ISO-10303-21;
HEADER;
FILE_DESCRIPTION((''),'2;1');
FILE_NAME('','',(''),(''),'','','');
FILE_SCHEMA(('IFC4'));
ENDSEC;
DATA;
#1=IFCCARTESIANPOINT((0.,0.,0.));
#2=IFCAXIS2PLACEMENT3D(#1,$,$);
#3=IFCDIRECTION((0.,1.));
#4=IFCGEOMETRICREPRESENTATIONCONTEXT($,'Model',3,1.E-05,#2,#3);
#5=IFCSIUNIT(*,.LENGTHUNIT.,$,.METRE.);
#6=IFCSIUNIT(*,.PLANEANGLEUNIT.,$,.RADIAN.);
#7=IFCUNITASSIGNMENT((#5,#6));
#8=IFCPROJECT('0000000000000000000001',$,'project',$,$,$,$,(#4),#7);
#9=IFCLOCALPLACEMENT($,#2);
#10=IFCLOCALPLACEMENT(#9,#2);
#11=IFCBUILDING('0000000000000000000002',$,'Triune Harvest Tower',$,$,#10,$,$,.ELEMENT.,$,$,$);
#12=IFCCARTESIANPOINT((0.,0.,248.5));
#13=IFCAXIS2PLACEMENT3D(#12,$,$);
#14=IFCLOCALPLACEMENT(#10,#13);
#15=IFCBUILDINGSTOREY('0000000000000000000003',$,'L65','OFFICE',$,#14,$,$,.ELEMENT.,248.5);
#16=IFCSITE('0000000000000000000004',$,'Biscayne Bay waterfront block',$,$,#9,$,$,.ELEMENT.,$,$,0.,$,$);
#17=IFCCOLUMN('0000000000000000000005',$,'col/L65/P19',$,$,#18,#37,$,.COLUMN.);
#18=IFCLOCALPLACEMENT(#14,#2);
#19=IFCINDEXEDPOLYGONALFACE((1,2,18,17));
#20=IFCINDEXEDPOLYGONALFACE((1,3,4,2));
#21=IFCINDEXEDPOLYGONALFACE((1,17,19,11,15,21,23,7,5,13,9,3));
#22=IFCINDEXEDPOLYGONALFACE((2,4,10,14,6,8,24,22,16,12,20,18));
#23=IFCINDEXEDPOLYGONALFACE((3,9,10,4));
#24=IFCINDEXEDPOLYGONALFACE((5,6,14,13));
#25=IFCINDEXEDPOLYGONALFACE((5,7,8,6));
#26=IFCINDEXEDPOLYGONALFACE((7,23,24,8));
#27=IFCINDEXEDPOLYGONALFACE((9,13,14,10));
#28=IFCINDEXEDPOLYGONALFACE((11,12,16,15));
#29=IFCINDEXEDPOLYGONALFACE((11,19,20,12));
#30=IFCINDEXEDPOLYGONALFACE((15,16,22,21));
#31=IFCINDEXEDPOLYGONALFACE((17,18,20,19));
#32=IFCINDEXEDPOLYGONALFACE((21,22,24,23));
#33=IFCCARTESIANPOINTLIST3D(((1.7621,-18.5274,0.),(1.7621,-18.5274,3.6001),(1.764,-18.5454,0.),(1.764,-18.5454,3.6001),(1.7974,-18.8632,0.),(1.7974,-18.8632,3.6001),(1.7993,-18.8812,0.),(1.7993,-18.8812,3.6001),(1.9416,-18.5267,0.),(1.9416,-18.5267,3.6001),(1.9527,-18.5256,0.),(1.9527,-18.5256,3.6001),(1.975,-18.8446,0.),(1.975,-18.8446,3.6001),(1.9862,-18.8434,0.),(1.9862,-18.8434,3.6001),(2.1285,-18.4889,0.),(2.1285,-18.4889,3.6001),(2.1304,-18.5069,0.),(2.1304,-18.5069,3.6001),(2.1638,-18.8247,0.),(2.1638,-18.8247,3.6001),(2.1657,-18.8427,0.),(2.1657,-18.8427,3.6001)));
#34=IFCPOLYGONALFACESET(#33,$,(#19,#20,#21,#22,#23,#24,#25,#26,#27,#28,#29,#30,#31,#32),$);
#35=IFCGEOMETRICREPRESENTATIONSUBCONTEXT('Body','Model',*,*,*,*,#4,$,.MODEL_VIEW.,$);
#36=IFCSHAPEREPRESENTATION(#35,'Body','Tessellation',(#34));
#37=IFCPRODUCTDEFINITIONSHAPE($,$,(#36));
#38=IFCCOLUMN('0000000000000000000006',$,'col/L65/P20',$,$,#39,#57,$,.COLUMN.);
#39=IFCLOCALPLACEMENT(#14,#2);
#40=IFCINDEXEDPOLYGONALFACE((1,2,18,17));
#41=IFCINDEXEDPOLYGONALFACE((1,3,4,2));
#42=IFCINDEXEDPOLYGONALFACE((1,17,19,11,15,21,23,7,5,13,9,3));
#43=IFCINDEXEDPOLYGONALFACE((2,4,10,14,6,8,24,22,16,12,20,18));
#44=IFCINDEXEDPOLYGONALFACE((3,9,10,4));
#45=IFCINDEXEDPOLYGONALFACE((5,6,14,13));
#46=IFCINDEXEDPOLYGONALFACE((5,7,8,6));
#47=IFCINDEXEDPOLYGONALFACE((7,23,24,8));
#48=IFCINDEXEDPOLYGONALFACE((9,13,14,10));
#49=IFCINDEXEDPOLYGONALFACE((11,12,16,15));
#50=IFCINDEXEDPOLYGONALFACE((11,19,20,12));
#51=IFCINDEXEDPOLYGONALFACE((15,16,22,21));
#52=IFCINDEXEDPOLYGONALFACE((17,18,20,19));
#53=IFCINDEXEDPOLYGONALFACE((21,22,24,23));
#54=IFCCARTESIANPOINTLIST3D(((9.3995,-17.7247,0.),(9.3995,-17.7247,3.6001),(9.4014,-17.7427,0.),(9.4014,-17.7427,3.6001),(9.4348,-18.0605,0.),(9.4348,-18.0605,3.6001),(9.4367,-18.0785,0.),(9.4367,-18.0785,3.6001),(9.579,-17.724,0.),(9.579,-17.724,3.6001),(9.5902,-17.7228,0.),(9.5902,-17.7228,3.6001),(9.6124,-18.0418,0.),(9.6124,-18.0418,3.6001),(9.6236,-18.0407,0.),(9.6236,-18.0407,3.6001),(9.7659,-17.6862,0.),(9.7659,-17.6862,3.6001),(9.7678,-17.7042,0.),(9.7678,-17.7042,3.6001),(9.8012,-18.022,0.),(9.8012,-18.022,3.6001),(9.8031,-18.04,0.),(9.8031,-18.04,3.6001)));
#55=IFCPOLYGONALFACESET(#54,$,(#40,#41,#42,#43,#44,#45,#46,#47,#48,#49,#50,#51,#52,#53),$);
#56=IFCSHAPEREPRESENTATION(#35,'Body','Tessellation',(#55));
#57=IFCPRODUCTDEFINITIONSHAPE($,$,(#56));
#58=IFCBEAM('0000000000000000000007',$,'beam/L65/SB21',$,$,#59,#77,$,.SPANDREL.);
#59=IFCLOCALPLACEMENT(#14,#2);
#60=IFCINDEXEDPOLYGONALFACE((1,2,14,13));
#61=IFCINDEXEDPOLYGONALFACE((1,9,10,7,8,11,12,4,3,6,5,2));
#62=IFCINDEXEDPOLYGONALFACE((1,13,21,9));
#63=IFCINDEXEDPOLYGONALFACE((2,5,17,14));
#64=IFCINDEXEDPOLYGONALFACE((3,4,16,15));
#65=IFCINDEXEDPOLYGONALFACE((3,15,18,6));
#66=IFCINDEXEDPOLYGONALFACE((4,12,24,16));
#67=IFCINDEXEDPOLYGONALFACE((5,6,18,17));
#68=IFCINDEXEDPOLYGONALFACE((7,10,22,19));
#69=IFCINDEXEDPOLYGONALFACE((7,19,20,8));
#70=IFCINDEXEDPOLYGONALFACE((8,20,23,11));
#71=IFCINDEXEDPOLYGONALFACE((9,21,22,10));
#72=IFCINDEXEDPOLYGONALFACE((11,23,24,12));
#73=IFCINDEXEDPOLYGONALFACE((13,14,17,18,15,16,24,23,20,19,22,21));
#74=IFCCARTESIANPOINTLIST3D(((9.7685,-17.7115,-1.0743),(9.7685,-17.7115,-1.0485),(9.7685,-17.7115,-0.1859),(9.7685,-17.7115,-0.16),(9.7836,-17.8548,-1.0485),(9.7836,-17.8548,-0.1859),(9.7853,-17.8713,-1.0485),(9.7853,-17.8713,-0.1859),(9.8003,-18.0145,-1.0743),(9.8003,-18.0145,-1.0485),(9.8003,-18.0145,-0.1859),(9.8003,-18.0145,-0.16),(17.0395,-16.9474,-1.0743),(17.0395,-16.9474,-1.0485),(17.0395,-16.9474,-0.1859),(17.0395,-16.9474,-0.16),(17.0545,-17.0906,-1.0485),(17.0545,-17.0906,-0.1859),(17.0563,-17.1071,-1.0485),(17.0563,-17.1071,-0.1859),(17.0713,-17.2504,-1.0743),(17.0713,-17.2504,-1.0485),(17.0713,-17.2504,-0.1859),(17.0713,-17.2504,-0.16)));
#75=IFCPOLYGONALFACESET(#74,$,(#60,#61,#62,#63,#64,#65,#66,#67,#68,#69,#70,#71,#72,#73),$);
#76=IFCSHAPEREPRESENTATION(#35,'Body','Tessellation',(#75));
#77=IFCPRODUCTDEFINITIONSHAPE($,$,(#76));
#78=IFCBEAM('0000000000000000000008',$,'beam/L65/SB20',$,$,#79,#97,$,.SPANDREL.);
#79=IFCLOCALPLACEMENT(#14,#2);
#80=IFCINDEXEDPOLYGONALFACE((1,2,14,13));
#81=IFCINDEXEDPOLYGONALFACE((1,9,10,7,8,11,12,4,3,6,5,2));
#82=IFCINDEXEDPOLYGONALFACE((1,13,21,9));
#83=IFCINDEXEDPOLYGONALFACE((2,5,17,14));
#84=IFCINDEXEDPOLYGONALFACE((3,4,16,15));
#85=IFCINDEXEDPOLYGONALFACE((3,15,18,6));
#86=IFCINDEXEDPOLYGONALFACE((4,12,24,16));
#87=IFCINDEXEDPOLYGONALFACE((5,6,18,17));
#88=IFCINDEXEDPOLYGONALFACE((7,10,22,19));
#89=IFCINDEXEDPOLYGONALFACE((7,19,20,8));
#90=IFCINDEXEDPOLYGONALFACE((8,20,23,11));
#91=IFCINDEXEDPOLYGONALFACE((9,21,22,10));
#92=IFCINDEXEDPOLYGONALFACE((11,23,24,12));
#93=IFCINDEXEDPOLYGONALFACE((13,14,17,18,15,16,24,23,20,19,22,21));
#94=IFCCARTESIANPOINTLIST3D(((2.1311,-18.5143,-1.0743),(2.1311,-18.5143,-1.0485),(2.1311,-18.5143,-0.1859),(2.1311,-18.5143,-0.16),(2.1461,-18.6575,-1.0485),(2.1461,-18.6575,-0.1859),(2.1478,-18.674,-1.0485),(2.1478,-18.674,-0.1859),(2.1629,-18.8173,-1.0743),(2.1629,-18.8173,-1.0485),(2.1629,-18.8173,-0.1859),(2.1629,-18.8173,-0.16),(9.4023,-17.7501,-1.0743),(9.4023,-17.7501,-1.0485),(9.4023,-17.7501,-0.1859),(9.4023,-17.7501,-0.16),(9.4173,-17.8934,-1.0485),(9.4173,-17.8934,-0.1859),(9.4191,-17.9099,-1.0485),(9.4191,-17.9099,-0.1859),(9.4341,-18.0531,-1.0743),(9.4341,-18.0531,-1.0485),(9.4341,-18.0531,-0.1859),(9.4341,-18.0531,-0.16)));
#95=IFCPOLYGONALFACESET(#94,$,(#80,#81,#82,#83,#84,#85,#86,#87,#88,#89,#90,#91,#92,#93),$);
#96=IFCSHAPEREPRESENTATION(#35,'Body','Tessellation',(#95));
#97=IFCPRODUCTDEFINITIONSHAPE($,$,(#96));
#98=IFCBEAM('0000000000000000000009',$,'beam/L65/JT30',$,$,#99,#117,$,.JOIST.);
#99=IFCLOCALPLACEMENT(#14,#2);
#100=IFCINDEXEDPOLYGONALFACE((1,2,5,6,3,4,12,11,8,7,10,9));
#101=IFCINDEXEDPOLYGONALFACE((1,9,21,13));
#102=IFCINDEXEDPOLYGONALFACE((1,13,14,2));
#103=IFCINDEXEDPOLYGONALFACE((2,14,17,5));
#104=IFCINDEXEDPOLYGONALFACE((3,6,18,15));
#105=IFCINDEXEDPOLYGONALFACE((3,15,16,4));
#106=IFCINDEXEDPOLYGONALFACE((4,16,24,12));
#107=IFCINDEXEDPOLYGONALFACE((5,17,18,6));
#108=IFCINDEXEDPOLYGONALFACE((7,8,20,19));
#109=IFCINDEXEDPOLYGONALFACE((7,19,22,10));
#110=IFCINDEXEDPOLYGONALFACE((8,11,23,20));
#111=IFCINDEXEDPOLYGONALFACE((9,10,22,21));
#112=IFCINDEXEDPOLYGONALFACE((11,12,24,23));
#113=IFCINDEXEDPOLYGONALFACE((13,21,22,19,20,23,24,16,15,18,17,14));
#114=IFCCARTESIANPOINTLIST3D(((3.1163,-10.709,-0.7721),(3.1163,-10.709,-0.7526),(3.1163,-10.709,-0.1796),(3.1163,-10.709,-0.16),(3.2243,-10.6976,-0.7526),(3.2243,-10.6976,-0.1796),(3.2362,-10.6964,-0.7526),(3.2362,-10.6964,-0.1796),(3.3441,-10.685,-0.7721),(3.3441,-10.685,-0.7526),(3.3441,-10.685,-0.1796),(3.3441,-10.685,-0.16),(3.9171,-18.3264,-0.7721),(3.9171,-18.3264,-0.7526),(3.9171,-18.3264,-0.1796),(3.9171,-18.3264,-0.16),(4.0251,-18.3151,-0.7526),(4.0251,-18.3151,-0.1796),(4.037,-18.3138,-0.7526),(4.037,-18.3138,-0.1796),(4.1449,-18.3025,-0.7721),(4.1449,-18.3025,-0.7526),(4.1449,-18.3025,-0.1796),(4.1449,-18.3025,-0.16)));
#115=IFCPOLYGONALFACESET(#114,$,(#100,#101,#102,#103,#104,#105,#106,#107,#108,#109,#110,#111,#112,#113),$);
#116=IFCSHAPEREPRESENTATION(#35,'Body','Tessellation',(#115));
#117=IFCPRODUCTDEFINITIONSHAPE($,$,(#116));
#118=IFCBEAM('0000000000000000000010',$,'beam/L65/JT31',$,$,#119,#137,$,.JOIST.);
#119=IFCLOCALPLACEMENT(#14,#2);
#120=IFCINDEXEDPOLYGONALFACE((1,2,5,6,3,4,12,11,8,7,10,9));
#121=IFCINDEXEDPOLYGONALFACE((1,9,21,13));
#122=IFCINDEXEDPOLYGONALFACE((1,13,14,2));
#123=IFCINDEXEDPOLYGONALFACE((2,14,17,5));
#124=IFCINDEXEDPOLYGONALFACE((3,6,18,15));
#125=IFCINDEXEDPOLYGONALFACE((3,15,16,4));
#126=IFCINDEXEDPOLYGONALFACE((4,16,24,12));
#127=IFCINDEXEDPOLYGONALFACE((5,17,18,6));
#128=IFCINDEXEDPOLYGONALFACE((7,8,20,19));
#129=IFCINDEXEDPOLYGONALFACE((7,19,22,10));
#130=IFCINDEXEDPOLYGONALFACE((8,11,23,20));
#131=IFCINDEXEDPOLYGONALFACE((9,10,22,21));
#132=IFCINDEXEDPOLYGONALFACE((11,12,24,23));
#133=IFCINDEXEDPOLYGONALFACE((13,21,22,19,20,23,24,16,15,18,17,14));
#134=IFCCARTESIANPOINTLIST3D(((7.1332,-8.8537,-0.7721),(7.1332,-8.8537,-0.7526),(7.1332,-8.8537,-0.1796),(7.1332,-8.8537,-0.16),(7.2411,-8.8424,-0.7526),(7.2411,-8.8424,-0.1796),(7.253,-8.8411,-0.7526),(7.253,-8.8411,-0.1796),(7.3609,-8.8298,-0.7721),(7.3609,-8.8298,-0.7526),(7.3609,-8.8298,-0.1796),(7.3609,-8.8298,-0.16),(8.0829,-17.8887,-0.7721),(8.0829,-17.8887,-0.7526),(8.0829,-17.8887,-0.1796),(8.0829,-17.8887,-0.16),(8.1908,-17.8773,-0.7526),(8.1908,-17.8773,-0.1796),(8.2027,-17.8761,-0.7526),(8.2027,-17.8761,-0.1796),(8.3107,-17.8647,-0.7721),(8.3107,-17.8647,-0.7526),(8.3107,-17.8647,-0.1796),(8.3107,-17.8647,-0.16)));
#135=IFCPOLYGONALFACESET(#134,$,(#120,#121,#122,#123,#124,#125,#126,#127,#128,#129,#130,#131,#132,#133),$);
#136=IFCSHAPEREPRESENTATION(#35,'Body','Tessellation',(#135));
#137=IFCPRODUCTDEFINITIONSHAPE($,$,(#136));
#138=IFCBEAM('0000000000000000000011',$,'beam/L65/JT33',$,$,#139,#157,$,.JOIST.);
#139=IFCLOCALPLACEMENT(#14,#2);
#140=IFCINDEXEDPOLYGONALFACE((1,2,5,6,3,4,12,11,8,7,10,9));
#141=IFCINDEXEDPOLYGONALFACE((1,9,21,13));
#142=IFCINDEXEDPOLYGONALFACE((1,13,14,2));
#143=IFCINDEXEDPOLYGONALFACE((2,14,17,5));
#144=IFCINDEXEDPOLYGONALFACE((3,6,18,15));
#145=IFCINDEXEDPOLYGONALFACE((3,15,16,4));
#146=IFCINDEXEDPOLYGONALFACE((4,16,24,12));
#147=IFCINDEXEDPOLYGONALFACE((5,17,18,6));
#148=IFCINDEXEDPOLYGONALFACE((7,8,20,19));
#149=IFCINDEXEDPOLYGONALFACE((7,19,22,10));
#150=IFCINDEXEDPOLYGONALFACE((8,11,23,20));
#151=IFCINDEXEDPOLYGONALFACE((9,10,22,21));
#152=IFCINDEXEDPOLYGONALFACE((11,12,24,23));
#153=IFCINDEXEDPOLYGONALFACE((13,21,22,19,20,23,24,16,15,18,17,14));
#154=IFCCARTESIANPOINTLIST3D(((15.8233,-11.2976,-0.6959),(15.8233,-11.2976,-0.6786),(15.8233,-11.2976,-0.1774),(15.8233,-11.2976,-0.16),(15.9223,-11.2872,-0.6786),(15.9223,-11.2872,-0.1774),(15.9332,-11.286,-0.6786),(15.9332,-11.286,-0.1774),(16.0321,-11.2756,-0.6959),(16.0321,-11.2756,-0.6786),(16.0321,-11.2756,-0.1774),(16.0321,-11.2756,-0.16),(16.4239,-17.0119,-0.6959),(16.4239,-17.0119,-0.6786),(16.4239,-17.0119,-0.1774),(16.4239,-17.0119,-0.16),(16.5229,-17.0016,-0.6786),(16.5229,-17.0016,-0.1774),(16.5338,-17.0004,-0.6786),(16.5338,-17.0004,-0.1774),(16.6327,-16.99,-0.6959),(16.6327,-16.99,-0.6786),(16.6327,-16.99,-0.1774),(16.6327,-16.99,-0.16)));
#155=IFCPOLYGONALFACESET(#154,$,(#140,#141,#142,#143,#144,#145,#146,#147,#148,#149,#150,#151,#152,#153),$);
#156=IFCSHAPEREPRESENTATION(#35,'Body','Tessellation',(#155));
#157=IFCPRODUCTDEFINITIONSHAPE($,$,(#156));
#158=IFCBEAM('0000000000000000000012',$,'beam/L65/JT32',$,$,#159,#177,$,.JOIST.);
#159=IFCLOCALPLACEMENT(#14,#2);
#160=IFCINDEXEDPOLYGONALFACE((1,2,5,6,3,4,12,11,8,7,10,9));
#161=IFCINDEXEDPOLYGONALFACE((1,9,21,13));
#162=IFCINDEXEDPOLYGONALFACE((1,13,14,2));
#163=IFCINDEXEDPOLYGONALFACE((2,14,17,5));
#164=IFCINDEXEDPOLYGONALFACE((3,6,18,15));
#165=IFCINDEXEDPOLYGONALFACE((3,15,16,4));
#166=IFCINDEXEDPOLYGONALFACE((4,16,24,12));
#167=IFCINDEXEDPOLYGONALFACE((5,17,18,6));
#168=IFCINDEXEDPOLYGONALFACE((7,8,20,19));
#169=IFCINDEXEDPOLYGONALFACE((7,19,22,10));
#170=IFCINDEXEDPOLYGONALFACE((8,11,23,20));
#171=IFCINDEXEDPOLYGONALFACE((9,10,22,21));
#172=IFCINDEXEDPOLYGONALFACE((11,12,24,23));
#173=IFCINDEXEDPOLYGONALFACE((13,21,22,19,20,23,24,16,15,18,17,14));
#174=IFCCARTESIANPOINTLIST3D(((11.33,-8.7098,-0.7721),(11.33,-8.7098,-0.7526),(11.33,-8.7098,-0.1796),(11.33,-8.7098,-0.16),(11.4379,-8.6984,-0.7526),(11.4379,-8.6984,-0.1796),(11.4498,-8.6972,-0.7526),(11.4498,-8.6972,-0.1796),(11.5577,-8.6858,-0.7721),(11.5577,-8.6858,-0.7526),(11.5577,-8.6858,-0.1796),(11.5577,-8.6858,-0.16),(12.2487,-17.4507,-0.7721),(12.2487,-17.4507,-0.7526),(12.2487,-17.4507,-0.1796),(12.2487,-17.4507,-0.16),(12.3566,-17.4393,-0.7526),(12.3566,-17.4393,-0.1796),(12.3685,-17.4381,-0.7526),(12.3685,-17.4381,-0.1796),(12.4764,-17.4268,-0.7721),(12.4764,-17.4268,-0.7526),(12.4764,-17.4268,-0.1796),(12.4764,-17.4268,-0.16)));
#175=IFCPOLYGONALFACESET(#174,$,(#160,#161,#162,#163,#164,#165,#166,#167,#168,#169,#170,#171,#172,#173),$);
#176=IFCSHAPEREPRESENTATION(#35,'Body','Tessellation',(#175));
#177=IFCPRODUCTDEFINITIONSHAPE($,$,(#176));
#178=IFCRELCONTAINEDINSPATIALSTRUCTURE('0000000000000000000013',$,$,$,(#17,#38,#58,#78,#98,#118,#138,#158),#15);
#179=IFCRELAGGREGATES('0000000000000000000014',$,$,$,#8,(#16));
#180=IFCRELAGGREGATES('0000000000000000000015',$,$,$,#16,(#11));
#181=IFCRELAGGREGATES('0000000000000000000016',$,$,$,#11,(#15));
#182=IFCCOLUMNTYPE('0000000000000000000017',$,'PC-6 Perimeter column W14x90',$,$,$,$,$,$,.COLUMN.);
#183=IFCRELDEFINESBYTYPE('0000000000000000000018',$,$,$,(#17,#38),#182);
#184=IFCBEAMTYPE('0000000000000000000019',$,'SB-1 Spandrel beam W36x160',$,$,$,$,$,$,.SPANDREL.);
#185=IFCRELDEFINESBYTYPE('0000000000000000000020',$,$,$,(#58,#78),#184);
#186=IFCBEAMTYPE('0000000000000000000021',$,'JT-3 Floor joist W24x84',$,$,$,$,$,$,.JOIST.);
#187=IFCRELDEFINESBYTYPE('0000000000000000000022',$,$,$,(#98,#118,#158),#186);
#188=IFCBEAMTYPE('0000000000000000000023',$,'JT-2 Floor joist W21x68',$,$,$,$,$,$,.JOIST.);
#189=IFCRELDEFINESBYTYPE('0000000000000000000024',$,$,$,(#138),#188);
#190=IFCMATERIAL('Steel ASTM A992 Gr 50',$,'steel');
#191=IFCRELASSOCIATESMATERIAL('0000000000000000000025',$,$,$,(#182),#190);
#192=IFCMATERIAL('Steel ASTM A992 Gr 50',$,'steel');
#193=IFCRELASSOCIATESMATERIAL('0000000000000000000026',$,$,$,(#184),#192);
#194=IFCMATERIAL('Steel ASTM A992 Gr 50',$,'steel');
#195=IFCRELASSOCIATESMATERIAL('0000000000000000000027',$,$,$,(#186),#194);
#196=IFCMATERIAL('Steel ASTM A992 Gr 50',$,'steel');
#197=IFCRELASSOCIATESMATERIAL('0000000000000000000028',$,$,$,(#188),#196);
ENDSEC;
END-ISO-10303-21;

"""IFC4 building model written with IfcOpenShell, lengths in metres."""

from ifc_helpers import new_model, si_unit, direction, frame, origin, origin_2d, place, context, subcontext, project, spatial, i_section, extrude, source, transform, mapped, material, material_profile, profile_set, type_object, element, save


model = new_model("IFC4")

# Units and contexts
model_context = context("Model", 3, precision=1e-05, world=origin(), true_north=direction((0.0, 1.0)))
body_context = subcontext(model_context, "Body", "Model", "MODEL_VIEW")
ifc_project = project(units=[si_unit("LENGTHUNIT", "METRE"), si_unit("PLANEANGLEUNIT", "RADIAN")], contexts=[model_context])

# Site, building, storey
site_placement = place(None, origin())
site = spatial("IfcSite", under=ifc_project, at=site_placement, Name="Biscayne Bay waterfront block", CompositionType="ELEMENT", RefElevation=0.0)
building_placement = place(site_placement, origin())
building = spatial("IfcBuilding", under=site, at=building_placement, Name="Triune Harvest Tower", CompositionType="ELEMENT")
storey_placement = place(building_placement, frame((0.0, 0.0, 248.5)))
storey = spatial("IfcBuildingStorey", under=building, at=storey_placement, Name="L65", Description="OFFICE", CompositionType="ELEMENT", Elevation=248.5)

# Columns
ifc_material_1 = material(Name="Steel ASTM A992 Gr 50", Category="steel")
ifc_material_profile_1 = material_profile(ifc_material_1, i_section(OverallWidth=0.3684, OverallDepth=0.3557, WebThickness=0.0112, FlangeThickness=0.0181, at=origin_2d()), Name="W14x90")
ifc_profile_set_1 = profile_set([ifc_material_profile_1], Name="Steel ASTM A992 Gr 50")
column_type = type_object("IfcColumnType", Name="PC-6 Perimeter column W14x90", PredefinedType="COLUMN", material=ifc_profile_set_1)
shared_shape_1 = source(origin(), body_context, "Body", "SweptSolid", [
    extrude(i_section(OverallWidth=0.3684, OverallDepth=0.3557, WebThickness=0.0112, FlangeThickness=0.0181, at=origin_2d()), origin(), (0.0, 0.0, 1.0), 3.6001),
])
for number, where, z_axis, x_axis, name in (
    (1, (1.9639, -18.6851, 0.0), (0.0, 0.0, 1.0), (0.994522, 0.10453, 0.0), "col/L65/P19"),
    (2, (9.6013, -17.8823, 0.0), (0.0, 0.0, 1.0), (0.994522, 0.10453, 0.0), "col/L65/P20"),
):
    element("IfcColumn", number, at=place(storey_placement, frame(where, z_axis=z_axis, x_axis=x_axis)), inside=storey, type_object=column_type, Name=name, PredefinedType="COLUMN", context=body_context, shape_type="MappedRepresentation", body=[
        mapped(shared_shape_1, transform((0.0, 0.0, 0.0), scale=1.0)),
    ])

# Beams
ifc_material_2 = material(Name="Steel ASTM A992 Gr 50", Category="steel")
ifc_material_profile_2 = material_profile(ifc_material_2, i_section(OverallWidth=0.3047, OverallDepth=0.9143, WebThickness=0.0166, FlangeThickness=0.0259, at=origin_2d()), Name="W36x160")
ifc_profile_set_2 = profile_set([ifc_material_profile_2], Name="Steel ASTM A992 Gr 50")
beam_type_1 = type_object("IfcBeamType", Name="SB-1 Spandrel beam W36x160", PredefinedType="SPANDREL", material=ifc_profile_set_2)
shared_shape_2 = source(origin(), body_context, "Body", "SweptSolid", [
    extrude(i_section(OverallWidth=0.3047, OverallDepth=0.9143, WebThickness=0.0166, FlangeThickness=0.0259, at=origin_2d()), origin(), (0.0, 0.0, 1.0), 7.311),
])
beam_1_placement = place(storey_placement, frame((9.7844, -17.863, -0.6172), z_axis=(0.994523, 0.104521, 0.0), x_axis=(-0.104521, 0.994523, 0.0)))
element("IfcBeam", 3, at=beam_1_placement, inside=storey, type_object=beam_type_1, Name="beam/L65/SB21", PredefinedType="SPANDREL", context=body_context, shape_type="MappedRepresentation", body=[
    mapped(shared_shape_2, transform((0.0, 0.0, 0.0), scale=1.0)),
])
shared_shape_3 = source(origin(), body_context, "Body", "SweptSolid", [
    extrude(i_section(OverallWidth=0.3047, OverallDepth=0.9143, WebThickness=0.0166, FlangeThickness=0.0259, at=origin_2d()), origin(), (0.0, 0.0, 1.0), 7.3113),
])
beam_2_placement = place(storey_placement, frame((2.147, -18.6658, -0.6172), z_axis=(0.994523, 0.104518, 0.0), x_axis=(-0.104518, 0.994523, 0.0)))
element("IfcBeam", 4, at=beam_2_placement, inside=storey, type_object=beam_type_1, Name="beam/L65/SB20", PredefinedType="SPANDREL", context=body_context, shape_type="MappedRepresentation", body=[
    mapped(shared_shape_3, transform((0.0, 0.0, 0.0), scale=1.0)),
])
ifc_material_3 = material(Name="Steel ASTM A992 Gr 50", Category="steel")
ifc_material_profile_3 = material_profile(ifc_material_3, i_section(OverallWidth=0.229, OverallDepth=0.6121, WebThickness=0.012, FlangeThickness=0.0195, at=origin_2d()), Name="W24x84")
ifc_profile_set_3 = profile_set([ifc_material_profile_3], Name="Steel ASTM A992 Gr 50")
beam_type_2 = type_object("IfcBeamType", Name="JT-3 Floor joist W24x84", PredefinedType="JOIST", material=ifc_profile_set_3)
shared_shape_4 = source(origin(), body_context, "Body", "SweptSolid", [
    extrude(i_section(OverallWidth=0.229, OverallDepth=0.6121, WebThickness=0.012, FlangeThickness=0.0195, at=origin_2d()), origin(), (0.0, 0.0, 1.0), 7.6594),
])
beam_3_placement = place(storey_placement, frame((4.031, -18.3145, -0.4661), z_axis=(-0.104549, 0.99452, 0.0), x_axis=(-0.99452, -0.104549, 0.0)))
element("IfcBeam", 5, at=beam_3_placement, inside=storey, type_object=beam_type_2, Name="beam/L65/JT30", PredefinedType="JOIST", context=body_context, shape_type="MappedRepresentation", body=[
    mapped(shared_shape_4, transform((0.0, 0.0, 0.0), scale=1.0)),
])
shared_shape_5 = source(origin(), body_context, "Body", "SweptSolid", [
    extrude(i_section(OverallWidth=0.229, OverallDepth=0.6121, WebThickness=0.012, FlangeThickness=0.0195, at=origin_2d()), origin(), (0.0, 0.0, 1.0), 9.0847),
])
beam_4_placement = place(storey_placement, frame((8.1968, -17.8767, -0.4661), z_axis=(-0.104539, 0.994521, 0.0), x_axis=(-0.994521, -0.104539, 0.0)))
element("IfcBeam", 6, at=beam_4_placement, inside=storey, type_object=beam_type_2, Name="beam/L65/JT31", PredefinedType="JOIST", context=body_context, shape_type="MappedRepresentation", body=[
    mapped(shared_shape_5, transform((0.0, 0.0, 0.0), scale=1.0)),
])
ifc_material_4 = material(Name="Steel ASTM A992 Gr 50", Category="steel")
ifc_material_profile_4 = material_profile(ifc_material_4, i_section(OverallWidth=0.21, OverallDepth=0.5359, WebThickness=0.011, FlangeThickness=0.0173, at=origin_2d()), Name="W21x68")
ifc_profile_set_4 = profile_set([ifc_material_profile_4], Name="Steel ASTM A992 Gr 50")
beam_type_3 = type_object("IfcBeamType", Name="JT-2 Floor joist W21x68", PredefinedType="JOIST", material=ifc_profile_set_4)
shared_shape_6 = source(origin(), body_context, "Body", "SweptSolid", [
    extrude(i_section(OverallWidth=0.21, OverallDepth=0.5359, WebThickness=0.011, FlangeThickness=0.0173, at=origin_2d()), origin(), (0.0, 0.0, 1.0), 5.7458),
])
beam_5_placement = place(storey_placement, frame((16.5283, -17.001, -0.428), z_axis=(-0.104526, 0.994522, 0.0), x_axis=(-0.994522, -0.104526, 0.0)))
element("IfcBeam", 7, at=beam_5_placement, inside=storey, type_object=beam_type_3, Name="beam/L65/JT33", PredefinedType="JOIST", context=body_context, shape_type="MappedRepresentation", body=[
    mapped(shared_shape_6, transform((0.0, 0.0, 0.0), scale=1.0)),
])
shared_shape_7 = source(origin(), body_context, "Body", "SweptSolid", [
    extrude(i_section(OverallWidth=0.229, OverallDepth=0.6121, WebThickness=0.012, FlangeThickness=0.0195, at=origin_2d()), origin(), (0.0, 0.0, 1.0), 8.7891),
])
beam_6_placement = place(storey_placement, frame((12.3625, -17.4387, -0.4661), z_axis=(-0.104527, 0.994522, 0.0), x_axis=(-0.994522, -0.104527, 0.0)))
element("IfcBeam", 8, at=beam_6_placement, inside=storey, type_object=beam_type_2, Name="beam/L65/JT32", PredefinedType="JOIST", context=body_context, shape_type="MappedRepresentation", body=[
    mapped(shared_shape_7, transform((0.0, 0.0, 0.0), scale=1.0)),
])

save(model, "model.ifc")
